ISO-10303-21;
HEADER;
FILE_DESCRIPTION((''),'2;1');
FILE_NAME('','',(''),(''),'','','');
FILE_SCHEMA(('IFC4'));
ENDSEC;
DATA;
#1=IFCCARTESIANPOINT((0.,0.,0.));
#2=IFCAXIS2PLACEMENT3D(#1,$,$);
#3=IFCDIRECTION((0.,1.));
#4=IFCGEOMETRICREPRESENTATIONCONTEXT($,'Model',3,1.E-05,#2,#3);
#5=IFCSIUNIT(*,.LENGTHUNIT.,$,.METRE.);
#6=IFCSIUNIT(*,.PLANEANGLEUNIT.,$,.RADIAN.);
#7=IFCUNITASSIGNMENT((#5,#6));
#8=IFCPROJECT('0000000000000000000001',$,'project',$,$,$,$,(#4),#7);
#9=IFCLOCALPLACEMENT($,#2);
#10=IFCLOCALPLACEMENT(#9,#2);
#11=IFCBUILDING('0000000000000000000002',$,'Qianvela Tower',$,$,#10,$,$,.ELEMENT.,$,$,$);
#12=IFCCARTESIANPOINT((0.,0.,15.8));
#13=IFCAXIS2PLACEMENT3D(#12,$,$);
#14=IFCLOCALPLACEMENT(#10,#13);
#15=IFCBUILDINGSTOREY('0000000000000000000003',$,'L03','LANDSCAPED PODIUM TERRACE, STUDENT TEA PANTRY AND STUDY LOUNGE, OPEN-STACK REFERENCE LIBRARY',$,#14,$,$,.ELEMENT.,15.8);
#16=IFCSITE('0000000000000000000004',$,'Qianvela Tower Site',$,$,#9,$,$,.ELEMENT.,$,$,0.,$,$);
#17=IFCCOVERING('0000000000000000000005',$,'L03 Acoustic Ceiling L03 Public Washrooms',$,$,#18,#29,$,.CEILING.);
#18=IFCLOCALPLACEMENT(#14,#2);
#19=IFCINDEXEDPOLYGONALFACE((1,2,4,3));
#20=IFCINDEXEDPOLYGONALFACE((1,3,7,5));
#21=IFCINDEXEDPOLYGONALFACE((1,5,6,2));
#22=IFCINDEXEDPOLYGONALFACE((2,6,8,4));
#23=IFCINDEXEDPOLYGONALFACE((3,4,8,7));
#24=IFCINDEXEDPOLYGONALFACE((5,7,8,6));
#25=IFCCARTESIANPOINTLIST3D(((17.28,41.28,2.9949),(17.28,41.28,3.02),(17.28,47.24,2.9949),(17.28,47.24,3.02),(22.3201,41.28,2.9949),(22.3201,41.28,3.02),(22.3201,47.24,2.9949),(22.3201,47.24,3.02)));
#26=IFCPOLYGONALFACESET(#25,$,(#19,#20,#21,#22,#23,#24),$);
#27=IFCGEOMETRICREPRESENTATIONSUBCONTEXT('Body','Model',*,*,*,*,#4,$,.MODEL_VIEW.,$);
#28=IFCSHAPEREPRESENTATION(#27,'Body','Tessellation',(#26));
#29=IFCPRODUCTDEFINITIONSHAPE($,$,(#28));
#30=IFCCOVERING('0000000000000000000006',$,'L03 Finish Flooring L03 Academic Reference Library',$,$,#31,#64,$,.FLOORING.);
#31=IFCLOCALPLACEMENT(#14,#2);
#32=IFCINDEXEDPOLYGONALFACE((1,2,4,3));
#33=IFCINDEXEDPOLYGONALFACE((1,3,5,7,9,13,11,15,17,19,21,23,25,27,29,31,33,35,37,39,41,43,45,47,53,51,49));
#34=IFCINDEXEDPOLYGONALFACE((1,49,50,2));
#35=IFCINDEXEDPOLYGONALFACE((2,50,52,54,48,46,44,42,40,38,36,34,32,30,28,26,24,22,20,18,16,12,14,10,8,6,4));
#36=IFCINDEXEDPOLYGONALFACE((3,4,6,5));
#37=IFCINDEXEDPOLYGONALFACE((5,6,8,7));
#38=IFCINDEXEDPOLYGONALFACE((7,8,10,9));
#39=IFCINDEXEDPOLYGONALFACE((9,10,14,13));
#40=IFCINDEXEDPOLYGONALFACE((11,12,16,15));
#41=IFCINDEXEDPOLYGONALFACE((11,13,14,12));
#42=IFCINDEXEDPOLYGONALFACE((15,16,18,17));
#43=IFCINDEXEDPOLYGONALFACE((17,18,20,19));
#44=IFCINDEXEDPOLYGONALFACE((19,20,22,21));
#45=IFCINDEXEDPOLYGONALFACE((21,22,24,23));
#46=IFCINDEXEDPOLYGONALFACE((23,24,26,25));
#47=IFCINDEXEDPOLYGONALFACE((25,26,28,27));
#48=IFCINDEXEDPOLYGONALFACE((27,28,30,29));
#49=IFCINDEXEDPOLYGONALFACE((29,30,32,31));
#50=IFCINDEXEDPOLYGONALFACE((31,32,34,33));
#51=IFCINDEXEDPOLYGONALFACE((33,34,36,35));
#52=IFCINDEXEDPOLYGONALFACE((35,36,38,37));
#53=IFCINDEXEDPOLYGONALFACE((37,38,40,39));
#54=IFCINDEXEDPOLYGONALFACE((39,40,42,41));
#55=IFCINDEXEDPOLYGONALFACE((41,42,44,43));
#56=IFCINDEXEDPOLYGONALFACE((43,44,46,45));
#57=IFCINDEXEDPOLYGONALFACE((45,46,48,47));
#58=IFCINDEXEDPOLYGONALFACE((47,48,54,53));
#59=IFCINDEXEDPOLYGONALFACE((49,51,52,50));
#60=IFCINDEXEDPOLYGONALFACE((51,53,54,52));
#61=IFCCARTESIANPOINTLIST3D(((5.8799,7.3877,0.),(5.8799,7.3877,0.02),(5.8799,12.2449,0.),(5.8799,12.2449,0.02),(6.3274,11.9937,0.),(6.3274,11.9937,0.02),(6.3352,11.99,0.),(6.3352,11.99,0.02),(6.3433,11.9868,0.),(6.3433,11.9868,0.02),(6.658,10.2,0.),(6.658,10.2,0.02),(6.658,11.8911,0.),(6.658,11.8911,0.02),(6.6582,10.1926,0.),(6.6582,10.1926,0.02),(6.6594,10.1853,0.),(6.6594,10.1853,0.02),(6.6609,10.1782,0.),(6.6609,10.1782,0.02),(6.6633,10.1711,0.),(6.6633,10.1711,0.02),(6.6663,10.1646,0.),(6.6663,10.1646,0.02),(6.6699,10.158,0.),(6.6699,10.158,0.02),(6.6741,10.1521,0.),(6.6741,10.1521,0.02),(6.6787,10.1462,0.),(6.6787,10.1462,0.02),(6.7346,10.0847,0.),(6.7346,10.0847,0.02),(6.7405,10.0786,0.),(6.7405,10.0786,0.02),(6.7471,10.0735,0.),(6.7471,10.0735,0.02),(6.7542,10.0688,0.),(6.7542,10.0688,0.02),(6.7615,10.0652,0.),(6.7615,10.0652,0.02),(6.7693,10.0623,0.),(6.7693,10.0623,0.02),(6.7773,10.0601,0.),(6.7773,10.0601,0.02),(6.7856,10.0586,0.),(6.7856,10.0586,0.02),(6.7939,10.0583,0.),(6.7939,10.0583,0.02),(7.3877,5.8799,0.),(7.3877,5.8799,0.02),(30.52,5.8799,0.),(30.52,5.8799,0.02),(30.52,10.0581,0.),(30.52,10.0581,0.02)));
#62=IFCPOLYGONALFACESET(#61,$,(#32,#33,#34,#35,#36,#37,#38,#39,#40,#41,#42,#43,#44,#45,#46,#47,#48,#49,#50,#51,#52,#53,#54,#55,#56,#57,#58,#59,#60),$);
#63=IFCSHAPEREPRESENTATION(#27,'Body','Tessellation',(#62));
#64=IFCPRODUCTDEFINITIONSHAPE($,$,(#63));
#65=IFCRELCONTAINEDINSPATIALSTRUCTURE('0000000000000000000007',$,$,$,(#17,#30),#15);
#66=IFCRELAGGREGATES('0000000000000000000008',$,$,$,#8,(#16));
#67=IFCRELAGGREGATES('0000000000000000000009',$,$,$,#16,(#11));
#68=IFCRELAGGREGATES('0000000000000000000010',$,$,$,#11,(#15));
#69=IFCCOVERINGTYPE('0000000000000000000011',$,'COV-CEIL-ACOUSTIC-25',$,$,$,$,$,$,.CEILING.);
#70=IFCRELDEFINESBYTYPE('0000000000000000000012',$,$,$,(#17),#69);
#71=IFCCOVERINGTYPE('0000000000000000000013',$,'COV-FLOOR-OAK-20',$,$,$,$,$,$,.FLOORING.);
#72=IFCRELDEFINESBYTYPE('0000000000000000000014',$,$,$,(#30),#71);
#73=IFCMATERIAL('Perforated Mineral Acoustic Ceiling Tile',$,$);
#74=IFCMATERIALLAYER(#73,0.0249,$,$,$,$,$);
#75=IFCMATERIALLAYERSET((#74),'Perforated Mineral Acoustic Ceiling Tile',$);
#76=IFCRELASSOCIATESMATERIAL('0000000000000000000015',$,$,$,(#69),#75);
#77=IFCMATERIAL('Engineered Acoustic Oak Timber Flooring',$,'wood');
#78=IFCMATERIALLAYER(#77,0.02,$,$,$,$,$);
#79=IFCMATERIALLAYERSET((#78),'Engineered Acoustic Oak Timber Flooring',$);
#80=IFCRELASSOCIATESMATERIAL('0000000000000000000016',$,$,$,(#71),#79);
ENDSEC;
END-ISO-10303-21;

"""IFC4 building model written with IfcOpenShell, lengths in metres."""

from ifc_helpers import new_model, si_unit, direction, frame, origin, place, context, subcontext, project, spatial, polyline, outline, extrude, material, layer, layer_set, type_object, element, save


model = new_model("IFC4")

# Units and contexts
model_context = context("Model", 3, precision=1e-05, world=origin(), true_north=direction((0.0, 1.0)))
body_context = subcontext(model_context, "Body", "Model", "MODEL_VIEW")
ifc_project = project(units=[si_unit("LENGTHUNIT", "METRE"), si_unit("PLANEANGLEUNIT", "RADIAN")], contexts=[model_context])

# Site, building, storey
site_placement = place(None, origin())
site = spatial("IfcSite", under=ifc_project, at=site_placement, Name="Qianvela Tower Site", CompositionType="ELEMENT", RefElevation=0.0)
building_placement = place(site_placement, origin())
building = spatial("IfcBuilding", under=site, at=building_placement, Name="Qianvela Tower", CompositionType="ELEMENT")
storey_placement = place(building_placement, frame((0.0, 0.0, 15.8)))
storey = spatial("IfcBuildingStorey", under=building, at=storey_placement, Name="L03", Description="LANDSCAPED PODIUM TERRACE, STUDENT TEA PANTRY AND STUDY LOUNGE, OPEN-STACK REFERENCE LIBRARY", CompositionType="ELEMENT", Elevation=15.8)

# Coverings
ifc_material_1 = material(Name="Perforated Mineral Acoustic Ceiling Tile")
ifc_layer_1 = layer(ifc_material_1, 0.0249)
ifc_layer_set_1 = layer_set([ifc_layer_1], Name="Perforated Mineral Acoustic Ceiling Tile")
covering_type_1 = type_object("IfcCoveringType", Name="COV-CEIL-ACOUSTIC-25", PredefinedType="CEILING", material=ifc_layer_set_1)
covering_1_placement = place(storey_placement, frame((0.0, 0.0, 2.9949)))
element("IfcCovering", 1, at=covering_1_placement, inside=storey, type_object=covering_type_1, Name="L03 Acoustic Ceiling L03 Public Washrooms", PredefinedType="CEILING", context=body_context, shape_type="SweptSolid", body=[
    extrude(outline(polyline([(17.28, 47.24), (22.3201, 47.24), (22.3201, 41.28), (17.28, 41.28), (17.28, 47.24)])), origin(), (0.0, 0.0, 1.0), 0.0251),
])
ifc_material_2 = material(Name="Engineered Acoustic Oak Timber Flooring", Category="wood")
ifc_layer_2 = layer(ifc_material_2, 0.02)
ifc_layer_set_2 = layer_set([ifc_layer_2], Name="Engineered Acoustic Oak Timber Flooring")
covering_type_2 = type_object("IfcCoveringType", Name="COV-FLOOR-OAK-20", PredefinedType="FLOORING", material=ifc_layer_set_2)
covering_2_placement = place(storey_placement, origin())
element("IfcCovering", 2, at=covering_2_placement, inside=storey, type_object=covering_type_2, Name="L03 Finish Flooring L03 Academic Reference Library", PredefinedType="FLOORING", context=body_context, shape_type="SweptSolid", body=[
    extrude(outline(polyline([(30.52, 5.8799), (7.3877, 5.8799), (5.8799, 7.3877), (5.8799, 12.2449), (6.3274, 11.9937), (6.3352, 11.99), (6.3433, 11.9868), (6.658, 11.8911), (6.658, 10.2), (6.6582, 10.1926), (6.6594, 10.1853), (6.6609, 10.1782), (6.6633, 10.1711), (6.6663, 10.1646), (6.6699, 10.158), (6.6741, 10.1521), (6.6787, 10.1462), (6.7346, 10.0847), (6.7405, 10.0786), (6.7471, 10.0735), (6.7542, 10.0688), (6.7615, 10.0652), (6.7693, 10.0623), (6.7773, 10.0601), (6.7856, 10.0586), (6.7939, 10.0583), (30.52, 10.0581), (30.52, 5.8799)])), origin(), (0.0, 0.0, 1.0), 0.02),
])

save(model, "model.ifc")
